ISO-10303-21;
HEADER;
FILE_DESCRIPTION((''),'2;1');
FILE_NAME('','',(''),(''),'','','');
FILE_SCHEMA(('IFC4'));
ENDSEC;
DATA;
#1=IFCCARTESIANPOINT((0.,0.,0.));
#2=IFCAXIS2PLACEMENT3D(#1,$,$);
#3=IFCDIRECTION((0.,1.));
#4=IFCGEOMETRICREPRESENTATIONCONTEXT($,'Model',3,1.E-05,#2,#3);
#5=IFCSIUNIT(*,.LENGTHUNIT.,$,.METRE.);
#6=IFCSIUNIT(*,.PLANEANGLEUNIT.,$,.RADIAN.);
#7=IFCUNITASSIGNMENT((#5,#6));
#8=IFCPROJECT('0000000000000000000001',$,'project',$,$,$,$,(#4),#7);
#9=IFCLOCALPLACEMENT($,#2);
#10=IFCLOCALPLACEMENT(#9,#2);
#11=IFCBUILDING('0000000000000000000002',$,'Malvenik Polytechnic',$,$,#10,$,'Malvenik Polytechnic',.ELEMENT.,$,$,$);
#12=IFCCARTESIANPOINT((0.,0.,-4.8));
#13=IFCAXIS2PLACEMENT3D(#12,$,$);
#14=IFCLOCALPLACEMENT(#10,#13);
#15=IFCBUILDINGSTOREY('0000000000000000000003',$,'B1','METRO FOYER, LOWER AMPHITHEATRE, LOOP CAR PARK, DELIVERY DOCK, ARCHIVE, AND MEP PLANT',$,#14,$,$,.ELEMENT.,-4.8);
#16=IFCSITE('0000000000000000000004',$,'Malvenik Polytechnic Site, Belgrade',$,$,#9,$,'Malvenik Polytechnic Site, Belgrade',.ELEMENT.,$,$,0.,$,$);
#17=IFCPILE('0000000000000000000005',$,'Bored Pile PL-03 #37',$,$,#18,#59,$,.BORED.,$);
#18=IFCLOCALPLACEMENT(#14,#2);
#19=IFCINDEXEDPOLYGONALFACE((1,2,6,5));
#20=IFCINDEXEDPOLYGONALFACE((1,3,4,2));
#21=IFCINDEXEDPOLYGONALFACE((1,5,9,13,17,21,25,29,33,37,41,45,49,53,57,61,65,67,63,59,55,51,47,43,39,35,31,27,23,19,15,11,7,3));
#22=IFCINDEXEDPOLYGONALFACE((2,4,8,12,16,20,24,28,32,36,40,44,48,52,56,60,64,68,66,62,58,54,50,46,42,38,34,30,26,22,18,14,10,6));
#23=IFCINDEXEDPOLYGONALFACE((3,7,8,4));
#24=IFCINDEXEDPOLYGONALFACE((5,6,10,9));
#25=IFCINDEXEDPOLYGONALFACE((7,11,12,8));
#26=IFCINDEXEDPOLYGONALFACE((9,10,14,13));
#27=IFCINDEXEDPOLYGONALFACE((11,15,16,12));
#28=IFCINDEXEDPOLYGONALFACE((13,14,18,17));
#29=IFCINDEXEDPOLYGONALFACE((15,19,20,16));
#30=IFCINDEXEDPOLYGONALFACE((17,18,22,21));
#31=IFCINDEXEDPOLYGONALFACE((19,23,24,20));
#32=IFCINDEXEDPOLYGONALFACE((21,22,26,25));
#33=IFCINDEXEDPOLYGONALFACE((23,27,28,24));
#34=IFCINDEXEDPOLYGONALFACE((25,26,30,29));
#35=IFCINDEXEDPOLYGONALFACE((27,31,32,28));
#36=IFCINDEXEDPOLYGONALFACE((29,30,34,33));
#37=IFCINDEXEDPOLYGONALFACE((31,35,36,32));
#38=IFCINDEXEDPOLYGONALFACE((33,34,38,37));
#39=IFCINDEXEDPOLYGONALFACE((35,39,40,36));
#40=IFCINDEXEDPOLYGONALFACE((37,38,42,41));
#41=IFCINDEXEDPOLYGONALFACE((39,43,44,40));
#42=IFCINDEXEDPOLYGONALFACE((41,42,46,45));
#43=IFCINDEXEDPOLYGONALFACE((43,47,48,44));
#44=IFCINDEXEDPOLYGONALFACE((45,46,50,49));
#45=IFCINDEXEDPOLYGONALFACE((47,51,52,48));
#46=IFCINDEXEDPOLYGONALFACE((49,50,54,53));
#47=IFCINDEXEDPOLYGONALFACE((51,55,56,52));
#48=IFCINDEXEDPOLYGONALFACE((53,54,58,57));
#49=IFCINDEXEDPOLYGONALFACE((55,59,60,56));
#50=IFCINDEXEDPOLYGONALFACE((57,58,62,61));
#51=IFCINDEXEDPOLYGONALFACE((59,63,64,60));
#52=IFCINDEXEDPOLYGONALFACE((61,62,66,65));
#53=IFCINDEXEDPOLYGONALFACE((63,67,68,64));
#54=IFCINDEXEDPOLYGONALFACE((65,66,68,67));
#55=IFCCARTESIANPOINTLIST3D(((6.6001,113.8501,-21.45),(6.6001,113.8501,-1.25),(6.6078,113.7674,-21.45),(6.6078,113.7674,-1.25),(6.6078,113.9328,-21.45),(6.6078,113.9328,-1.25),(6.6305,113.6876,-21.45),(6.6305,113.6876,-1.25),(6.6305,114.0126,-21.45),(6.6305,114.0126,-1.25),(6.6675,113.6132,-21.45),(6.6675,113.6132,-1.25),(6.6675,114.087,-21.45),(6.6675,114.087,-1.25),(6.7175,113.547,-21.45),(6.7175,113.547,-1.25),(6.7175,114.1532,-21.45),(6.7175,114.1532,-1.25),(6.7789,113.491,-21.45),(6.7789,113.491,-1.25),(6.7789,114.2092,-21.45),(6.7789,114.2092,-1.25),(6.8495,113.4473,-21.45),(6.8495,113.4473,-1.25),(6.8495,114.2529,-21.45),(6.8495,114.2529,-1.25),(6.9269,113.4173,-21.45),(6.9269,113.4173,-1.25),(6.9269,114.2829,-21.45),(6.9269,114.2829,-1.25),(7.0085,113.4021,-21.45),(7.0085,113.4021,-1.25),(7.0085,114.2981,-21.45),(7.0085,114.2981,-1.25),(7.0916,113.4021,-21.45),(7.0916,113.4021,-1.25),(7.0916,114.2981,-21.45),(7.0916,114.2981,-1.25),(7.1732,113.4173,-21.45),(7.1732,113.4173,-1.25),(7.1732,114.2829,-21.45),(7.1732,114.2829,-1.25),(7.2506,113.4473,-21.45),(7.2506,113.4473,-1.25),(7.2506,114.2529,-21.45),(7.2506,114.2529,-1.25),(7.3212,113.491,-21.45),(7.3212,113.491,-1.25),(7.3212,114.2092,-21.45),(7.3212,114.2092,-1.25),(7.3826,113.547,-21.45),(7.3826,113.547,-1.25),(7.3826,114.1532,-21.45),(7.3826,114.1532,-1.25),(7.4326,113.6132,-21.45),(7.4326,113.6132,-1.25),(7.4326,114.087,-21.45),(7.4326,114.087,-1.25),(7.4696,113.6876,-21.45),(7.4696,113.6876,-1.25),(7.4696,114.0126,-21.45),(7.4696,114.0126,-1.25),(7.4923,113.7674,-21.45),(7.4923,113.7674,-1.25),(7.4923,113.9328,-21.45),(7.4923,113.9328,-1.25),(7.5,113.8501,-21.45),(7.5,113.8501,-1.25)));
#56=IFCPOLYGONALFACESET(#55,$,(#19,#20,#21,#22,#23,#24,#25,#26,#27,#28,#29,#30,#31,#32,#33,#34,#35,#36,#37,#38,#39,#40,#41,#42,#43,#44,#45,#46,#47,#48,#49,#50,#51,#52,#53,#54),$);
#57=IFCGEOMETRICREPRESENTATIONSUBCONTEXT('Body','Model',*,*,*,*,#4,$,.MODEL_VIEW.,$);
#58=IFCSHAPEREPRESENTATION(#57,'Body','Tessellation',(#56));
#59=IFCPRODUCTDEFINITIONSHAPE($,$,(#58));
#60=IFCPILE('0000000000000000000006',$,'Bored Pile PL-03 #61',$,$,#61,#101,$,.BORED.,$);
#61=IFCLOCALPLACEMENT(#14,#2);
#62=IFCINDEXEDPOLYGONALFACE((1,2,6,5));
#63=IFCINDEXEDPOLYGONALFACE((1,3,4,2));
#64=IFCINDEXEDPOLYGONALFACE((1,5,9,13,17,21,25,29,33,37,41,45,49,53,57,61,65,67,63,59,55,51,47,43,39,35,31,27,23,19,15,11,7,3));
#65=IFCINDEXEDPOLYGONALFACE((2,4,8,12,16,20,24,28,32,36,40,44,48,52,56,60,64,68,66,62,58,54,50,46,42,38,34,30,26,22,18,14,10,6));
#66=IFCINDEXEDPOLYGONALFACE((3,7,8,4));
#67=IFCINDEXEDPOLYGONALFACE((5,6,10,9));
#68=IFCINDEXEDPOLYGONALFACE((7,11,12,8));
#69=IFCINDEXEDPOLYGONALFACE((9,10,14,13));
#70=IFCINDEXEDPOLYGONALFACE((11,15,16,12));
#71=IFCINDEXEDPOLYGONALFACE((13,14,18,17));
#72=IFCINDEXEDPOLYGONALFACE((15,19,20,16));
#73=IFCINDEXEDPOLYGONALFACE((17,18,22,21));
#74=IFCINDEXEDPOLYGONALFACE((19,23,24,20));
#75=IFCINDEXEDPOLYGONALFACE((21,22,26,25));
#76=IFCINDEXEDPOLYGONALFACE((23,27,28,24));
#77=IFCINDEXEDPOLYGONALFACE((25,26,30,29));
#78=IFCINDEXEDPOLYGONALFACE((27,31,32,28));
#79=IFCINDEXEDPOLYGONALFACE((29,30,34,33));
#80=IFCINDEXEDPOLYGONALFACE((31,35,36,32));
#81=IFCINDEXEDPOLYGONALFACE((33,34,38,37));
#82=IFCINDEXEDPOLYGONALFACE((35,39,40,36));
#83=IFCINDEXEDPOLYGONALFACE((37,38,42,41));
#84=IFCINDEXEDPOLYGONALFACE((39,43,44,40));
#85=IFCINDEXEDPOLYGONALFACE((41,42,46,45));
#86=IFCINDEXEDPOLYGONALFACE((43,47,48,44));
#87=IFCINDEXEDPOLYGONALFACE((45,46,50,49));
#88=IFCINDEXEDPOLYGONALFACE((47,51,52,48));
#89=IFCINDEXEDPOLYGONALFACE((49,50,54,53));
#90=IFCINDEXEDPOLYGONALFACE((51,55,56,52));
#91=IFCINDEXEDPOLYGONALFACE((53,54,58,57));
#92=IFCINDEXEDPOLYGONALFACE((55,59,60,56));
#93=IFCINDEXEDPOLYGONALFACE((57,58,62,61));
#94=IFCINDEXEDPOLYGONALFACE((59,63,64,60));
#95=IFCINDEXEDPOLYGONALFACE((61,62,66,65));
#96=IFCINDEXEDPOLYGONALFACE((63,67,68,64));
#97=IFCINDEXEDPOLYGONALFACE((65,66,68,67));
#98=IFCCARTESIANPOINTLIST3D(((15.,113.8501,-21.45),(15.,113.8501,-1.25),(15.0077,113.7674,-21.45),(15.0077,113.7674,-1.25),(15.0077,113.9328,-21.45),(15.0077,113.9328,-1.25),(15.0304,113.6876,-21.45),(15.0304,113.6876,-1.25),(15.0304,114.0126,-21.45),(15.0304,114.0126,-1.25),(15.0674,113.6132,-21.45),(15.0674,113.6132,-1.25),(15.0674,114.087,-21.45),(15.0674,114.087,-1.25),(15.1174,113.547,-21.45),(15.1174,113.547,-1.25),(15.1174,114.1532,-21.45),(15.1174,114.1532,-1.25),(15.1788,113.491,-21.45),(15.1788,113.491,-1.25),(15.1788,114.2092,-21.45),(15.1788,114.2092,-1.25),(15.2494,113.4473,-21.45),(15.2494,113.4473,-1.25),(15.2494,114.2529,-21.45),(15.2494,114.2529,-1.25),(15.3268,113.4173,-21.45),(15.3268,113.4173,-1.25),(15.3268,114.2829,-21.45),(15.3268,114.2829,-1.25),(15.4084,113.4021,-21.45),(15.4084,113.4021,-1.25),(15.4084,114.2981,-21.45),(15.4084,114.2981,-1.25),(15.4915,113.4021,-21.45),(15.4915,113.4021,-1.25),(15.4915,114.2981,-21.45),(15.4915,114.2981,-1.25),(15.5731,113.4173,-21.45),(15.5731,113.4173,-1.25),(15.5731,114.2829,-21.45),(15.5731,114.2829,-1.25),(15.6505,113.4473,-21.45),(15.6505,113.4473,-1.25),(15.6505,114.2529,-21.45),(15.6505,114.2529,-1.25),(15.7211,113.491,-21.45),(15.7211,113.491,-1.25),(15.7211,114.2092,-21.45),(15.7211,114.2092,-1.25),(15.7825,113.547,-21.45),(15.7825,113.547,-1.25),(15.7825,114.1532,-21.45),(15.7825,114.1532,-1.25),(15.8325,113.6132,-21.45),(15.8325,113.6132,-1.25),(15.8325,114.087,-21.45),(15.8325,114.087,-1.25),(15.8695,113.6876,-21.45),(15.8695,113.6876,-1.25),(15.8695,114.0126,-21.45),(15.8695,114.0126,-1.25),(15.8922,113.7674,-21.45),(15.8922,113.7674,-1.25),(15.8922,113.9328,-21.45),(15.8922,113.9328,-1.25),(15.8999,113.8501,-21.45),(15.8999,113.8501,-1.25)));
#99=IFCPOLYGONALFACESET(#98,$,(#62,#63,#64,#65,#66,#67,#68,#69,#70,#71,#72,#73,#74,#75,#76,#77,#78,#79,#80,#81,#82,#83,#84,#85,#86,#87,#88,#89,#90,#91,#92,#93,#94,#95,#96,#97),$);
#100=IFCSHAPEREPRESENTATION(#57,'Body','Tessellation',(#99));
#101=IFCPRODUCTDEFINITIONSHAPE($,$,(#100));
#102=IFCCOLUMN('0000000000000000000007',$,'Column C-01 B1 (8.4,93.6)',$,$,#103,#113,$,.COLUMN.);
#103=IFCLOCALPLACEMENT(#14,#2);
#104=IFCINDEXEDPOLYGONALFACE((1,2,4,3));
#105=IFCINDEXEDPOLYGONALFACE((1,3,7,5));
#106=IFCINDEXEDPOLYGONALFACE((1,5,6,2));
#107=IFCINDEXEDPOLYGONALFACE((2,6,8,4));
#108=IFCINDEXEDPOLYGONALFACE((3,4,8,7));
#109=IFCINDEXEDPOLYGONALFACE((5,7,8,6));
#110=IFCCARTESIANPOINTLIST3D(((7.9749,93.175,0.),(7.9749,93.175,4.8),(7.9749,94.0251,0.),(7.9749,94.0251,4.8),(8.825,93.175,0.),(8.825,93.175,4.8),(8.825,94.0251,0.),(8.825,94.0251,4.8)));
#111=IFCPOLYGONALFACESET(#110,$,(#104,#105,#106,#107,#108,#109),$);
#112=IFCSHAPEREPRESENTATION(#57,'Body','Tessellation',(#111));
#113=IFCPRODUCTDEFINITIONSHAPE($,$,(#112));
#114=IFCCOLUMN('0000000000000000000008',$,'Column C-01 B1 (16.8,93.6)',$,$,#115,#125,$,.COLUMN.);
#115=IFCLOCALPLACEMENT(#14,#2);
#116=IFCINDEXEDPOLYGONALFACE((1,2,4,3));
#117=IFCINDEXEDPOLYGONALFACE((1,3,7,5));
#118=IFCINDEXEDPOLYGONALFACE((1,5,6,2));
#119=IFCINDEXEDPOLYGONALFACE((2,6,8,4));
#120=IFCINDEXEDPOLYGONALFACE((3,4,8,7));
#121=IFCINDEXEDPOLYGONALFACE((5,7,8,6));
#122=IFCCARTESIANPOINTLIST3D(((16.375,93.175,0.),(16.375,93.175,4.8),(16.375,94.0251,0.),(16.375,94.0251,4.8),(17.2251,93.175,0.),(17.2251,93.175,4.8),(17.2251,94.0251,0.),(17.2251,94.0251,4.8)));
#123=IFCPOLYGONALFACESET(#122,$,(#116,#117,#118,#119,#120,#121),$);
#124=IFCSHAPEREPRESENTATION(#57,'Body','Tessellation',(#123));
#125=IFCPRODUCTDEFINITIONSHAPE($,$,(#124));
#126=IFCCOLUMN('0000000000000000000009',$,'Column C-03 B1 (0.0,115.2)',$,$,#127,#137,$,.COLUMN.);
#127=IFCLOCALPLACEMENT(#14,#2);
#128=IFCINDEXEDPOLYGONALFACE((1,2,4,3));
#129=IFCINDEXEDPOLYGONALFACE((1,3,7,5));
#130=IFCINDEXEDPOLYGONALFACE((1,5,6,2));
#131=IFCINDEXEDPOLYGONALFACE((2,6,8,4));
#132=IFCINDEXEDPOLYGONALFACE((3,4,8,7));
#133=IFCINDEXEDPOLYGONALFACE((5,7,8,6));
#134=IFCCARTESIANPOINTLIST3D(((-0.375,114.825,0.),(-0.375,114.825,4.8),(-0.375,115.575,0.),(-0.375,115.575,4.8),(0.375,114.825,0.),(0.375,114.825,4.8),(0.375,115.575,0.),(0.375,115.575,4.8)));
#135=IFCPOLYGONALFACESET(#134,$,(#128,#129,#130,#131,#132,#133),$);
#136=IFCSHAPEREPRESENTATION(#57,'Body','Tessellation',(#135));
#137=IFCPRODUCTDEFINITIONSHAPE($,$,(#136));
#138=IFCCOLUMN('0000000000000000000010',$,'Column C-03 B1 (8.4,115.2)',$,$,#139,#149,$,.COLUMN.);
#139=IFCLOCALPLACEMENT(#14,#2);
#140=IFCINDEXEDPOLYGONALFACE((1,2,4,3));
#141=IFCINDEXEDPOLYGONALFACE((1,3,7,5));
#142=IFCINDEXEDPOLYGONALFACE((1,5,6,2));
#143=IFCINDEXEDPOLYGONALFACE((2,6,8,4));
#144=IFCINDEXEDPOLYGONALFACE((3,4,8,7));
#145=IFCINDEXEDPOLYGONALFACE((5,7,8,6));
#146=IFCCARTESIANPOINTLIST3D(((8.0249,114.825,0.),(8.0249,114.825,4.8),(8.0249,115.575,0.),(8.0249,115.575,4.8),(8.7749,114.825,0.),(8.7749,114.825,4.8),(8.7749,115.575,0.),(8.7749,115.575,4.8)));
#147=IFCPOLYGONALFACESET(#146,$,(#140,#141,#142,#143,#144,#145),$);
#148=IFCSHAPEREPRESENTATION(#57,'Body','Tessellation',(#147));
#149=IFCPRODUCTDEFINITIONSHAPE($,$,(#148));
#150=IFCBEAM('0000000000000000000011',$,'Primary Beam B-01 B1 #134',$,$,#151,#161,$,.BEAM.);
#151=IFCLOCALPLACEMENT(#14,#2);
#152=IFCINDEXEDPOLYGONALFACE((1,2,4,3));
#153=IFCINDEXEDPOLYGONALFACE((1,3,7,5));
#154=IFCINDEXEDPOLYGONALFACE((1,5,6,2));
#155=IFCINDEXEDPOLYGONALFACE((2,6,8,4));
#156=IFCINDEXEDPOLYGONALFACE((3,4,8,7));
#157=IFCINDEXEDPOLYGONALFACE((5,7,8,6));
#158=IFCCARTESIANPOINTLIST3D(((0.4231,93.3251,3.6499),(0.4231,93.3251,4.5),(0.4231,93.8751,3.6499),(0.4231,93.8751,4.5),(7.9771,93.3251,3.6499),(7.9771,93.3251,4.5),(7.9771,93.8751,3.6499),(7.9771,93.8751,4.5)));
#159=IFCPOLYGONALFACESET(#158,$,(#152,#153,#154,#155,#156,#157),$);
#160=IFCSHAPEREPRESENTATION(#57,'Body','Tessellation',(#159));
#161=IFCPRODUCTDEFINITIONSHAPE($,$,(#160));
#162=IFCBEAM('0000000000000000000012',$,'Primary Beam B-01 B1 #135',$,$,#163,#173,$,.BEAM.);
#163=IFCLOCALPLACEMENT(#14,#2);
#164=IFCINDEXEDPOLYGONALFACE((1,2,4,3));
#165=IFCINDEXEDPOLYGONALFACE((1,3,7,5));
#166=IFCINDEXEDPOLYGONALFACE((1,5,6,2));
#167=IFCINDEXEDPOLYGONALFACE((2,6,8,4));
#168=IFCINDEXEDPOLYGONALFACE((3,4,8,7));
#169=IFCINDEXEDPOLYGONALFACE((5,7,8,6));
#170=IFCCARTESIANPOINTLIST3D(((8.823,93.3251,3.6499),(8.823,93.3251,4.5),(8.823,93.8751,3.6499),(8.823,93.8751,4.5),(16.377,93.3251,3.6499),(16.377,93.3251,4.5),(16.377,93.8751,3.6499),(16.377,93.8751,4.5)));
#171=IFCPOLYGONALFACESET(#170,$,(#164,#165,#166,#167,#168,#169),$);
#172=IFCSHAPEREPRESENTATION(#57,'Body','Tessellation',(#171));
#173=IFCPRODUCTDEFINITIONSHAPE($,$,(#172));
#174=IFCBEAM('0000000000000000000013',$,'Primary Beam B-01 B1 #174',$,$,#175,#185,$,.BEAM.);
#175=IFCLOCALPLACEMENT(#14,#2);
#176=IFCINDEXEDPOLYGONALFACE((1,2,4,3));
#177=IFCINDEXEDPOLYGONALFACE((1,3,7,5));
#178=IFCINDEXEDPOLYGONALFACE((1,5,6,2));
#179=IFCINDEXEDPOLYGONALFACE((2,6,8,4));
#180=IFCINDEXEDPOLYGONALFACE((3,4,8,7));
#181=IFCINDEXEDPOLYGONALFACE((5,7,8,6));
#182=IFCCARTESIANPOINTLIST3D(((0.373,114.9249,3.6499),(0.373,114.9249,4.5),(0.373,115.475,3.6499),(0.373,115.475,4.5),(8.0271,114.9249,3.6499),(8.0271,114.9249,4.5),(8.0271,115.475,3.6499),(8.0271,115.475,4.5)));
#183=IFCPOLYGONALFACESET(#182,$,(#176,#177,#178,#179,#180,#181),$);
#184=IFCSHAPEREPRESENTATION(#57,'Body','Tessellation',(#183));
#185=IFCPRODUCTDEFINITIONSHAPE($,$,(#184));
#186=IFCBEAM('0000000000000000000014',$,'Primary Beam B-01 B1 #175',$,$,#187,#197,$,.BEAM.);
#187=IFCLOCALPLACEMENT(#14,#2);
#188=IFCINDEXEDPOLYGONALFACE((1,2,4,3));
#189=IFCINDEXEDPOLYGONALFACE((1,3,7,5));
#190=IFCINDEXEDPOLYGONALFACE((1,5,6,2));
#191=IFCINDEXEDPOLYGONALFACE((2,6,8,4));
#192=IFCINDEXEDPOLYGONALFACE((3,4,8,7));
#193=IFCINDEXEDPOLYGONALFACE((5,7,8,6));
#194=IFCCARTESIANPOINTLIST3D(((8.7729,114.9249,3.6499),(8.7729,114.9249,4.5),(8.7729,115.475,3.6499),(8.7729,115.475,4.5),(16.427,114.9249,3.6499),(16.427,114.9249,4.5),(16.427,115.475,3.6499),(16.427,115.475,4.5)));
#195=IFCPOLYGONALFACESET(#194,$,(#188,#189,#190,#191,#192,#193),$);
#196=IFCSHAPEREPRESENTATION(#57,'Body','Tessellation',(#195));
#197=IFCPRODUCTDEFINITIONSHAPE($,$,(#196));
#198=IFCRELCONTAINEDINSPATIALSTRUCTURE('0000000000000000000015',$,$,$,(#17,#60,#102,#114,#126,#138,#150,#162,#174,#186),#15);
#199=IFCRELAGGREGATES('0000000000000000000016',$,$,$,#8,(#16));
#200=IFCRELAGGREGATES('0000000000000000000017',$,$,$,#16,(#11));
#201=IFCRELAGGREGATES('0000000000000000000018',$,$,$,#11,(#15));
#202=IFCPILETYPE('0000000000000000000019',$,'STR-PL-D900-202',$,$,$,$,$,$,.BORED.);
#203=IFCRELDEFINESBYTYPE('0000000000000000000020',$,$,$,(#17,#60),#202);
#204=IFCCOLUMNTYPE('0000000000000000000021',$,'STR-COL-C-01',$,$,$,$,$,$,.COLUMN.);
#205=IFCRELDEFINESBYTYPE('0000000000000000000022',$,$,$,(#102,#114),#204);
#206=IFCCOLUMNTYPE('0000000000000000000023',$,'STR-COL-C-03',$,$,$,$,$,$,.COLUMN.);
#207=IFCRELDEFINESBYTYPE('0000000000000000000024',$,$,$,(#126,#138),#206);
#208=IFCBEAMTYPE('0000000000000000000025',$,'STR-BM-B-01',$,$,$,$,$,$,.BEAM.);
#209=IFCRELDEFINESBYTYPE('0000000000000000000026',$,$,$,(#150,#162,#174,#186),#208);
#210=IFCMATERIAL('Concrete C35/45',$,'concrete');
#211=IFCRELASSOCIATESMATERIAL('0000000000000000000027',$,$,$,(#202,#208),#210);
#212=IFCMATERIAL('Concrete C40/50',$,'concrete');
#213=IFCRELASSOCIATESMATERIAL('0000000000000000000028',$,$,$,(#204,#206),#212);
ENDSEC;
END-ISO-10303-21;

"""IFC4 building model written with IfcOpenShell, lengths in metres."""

from ifc_helpers import new_model, si_unit, direction, frame, origin, origin_2d, place, context, subcontext, project, spatial, rectangle, circle, extrude, material, material_profile, profile_set, type_object, element, save


model = new_model("IFC4")

# Units and contexts
model_context = context("Model", 3, precision=1e-05, world=origin(), true_north=direction((0.0, 1.0)))
body_context = subcontext(model_context, "Body", "Model", "MODEL_VIEW")
ifc_project = project(units=[si_unit("LENGTHUNIT", "METRE"), si_unit("PLANEANGLEUNIT", "RADIAN")], contexts=[model_context])

# Site, building, storey
site_placement = place(None, origin())
site = spatial("IfcSite", under=ifc_project, at=site_placement, Name="Malvenik Polytechnic Site, Belgrade", LongName="Malvenik Polytechnic Site, Belgrade", CompositionType="ELEMENT", RefElevation=0.0)
building_placement = place(site_placement, origin())
building = spatial("IfcBuilding", under=site, at=building_placement, Name="Malvenik Polytechnic", LongName="Malvenik Polytechnic", CompositionType="ELEMENT")
storey_placement = place(building_placement, frame((0.0, 0.0, -4.8)))
storey = spatial("IfcBuildingStorey", under=building, at=storey_placement, Name="B1", Description="METRO FOYER, LOWER AMPHITHEATRE, LOOP CAR PARK, DELIVERY DOCK, ARCHIVE, AND MEP PLANT", CompositionType="ELEMENT", Elevation=-4.8)

# Shared definitions
ifc_material_1 = material(Name="Concrete C35/45", Category="concrete")

# Piles
ifc_material_profile_1 = material_profile(ifc_material_1, circle(Radius=0.45, at=origin_2d()), Name="BORED PILE D900")
ifc_profile_set_1 = profile_set([ifc_material_profile_1], Name="Concrete C35/45")
pile_type = type_object("IfcPileType", Name="STR-PL-D900-202", PredefinedType="BORED", material=ifc_profile_set_1)
for number, where, z_axis, x_axis, name in (
    (1, (7.05, 113.8501, -1.25), (0.0, 0.0, -1.0), (1.0, 0.0, 0.0), "Bored Pile PL-03 #37"),
    (2, (15.45, 113.8501, -1.25), (0.0, 0.0, -1.0), (1.0, 0.0, 0.0), "Bored Pile PL-03 #61"),
):
    element("IfcPile", number, at=place(storey_placement, frame(where, z_axis=z_axis, x_axis=x_axis)), inside=storey, type_object=pile_type, Name=name, PredefinedType="BORED", context=body_context, shape_type="SweptSolid", body=[
        extrude(circle(Radius=0.45, at=origin_2d()), origin(), (0.0, 0.0, 1.0), 20.2),
    ])

# Columns
ifc_material_2 = material(Name="Concrete C40/50", Category="concrete")
ifc_material_profile_2 = material_profile(ifc_material_2, rectangle(XDim=0.8501, YDim=0.8501, at=origin_2d()), Name="RC COL 850x850")
ifc_profile_set_2 = profile_set([ifc_material_profile_2], Name="Concrete C40/50")
column_type_1 = type_object("IfcColumnType", Name="STR-COL-C-01", PredefinedType="COLUMN", material=ifc_profile_set_2)
for number, where, z_axis, x_axis, name in (
    (3, (8.3999, 93.6001, 0.0), (0.0, 0.0, 1.0), (1.0, 0.0, 0.0), "Column C-01 B1 (8.4,93.6)"),
    (4, (16.8, 93.6001, 0.0), (0.0, 0.0, 1.0), (1.0, 0.0, 0.0), "Column C-01 B1 (16.8,93.6)"),
):
    element("IfcColumn", number, at=place(storey_placement, frame(where, z_axis=z_axis, x_axis=x_axis)), inside=storey, type_object=column_type_1, Name=name, PredefinedType="COLUMN", context=body_context, shape_type="SweptSolid", body=[
        extrude(rectangle(XDim=0.8501, YDim=0.8501, at=origin_2d()), origin(), (0.0, 0.0, 1.0), 4.8),
    ])
ifc_material_profile_3 = material_profile(ifc_material_2, rectangle(XDim=0.75, YDim=0.75, at=origin_2d()), Name="RC COL 750x750")
ifc_profile_set_3 = profile_set([ifc_material_profile_3], Name="Concrete C40/50")
column_type_2 = type_object("IfcColumnType", Name="STR-COL-C-03", PredefinedType="COLUMN", material=ifc_profile_set_3)
for number, where, z_axis, x_axis, name in (
    (5, (0.0, 115.2, 0.0), (0.0, 0.0, 1.0), (1.0, 0.0, 0.0), "Column C-03 B1 (0.0,115.2)"),
    (6, (8.3999, 115.2, 0.0), (0.0, 0.0, 1.0), (1.0, 0.0, 0.0), "Column C-03 B1 (8.4,115.2)"),
):
    element("IfcColumn", number, at=place(storey_placement, frame(where, z_axis=z_axis, x_axis=x_axis)), inside=storey, type_object=column_type_2, Name=name, PredefinedType="COLUMN", context=body_context, shape_type="SweptSolid", body=[
        extrude(rectangle(XDim=0.75, YDim=0.75, at=origin_2d()), origin(), (0.0, 0.0, 1.0), 4.8),
    ])

# Beams
ifc_material_profile_4 = material_profile(ifc_material_1, rectangle(XDim=0.55, YDim=0.8501, at=origin_2d()), Name="RC BM 550x850")
ifc_profile_set_4 = profile_set([ifc_material_profile_4], Name="Concrete C35/45")
beam_type_1 = type_object("IfcBeamType", Name="STR-BM-B-01", PredefinedType="BEAM", material=ifc_profile_set_4)
for number, where, z_axis, x_axis, name in (
    (7, (0.4231, 93.6001, 4.075), (1.0, 0.0, 0.0), (0.0, 1.0, 0.0), "Primary Beam B-01 B1 #134"),
    (8, (8.823, 93.6001, 4.075), (1.0, 0.0, 0.0), (0.0, 1.0, 0.0), "Primary Beam B-01 B1 #135"),
):
    element("IfcBeam", number, at=place(storey_placement, frame(where, z_axis=z_axis, x_axis=x_axis)), inside=storey, type_object=beam_type_1, Name=name, PredefinedType="BEAM", context=body_context, shape_type="SweptSolid", body=[
        extrude(rectangle(XDim=0.55, YDim=0.8501, at=origin_2d()), origin(), (0.0, 0.0, 1.0), 7.554),
    ])
for number, where, z_axis, x_axis, name in (
    (9, (0.373, 115.2, 4.075), (1.0, 0.0, 0.0), (0.0, 1.0, 0.0), "Primary Beam B-01 B1 #174"),
    (10, (8.7729, 115.2, 4.075), (1.0, 0.0, 0.0), (0.0, 1.0, 0.0), "Primary Beam B-01 B1 #175"),
):
    element("IfcBeam", number, at=place(storey_placement, frame(where, z_axis=z_axis, x_axis=x_axis)), inside=storey, type_object=beam_type_1, Name=name, PredefinedType="BEAM", context=body_context, shape_type="SweptSolid", body=[
        extrude(rectangle(XDim=0.55, YDim=0.8501, at=origin_2d()), origin(), (0.0, 0.0, 1.0), 7.6541),
    ])

save(model, "model.ifc")
